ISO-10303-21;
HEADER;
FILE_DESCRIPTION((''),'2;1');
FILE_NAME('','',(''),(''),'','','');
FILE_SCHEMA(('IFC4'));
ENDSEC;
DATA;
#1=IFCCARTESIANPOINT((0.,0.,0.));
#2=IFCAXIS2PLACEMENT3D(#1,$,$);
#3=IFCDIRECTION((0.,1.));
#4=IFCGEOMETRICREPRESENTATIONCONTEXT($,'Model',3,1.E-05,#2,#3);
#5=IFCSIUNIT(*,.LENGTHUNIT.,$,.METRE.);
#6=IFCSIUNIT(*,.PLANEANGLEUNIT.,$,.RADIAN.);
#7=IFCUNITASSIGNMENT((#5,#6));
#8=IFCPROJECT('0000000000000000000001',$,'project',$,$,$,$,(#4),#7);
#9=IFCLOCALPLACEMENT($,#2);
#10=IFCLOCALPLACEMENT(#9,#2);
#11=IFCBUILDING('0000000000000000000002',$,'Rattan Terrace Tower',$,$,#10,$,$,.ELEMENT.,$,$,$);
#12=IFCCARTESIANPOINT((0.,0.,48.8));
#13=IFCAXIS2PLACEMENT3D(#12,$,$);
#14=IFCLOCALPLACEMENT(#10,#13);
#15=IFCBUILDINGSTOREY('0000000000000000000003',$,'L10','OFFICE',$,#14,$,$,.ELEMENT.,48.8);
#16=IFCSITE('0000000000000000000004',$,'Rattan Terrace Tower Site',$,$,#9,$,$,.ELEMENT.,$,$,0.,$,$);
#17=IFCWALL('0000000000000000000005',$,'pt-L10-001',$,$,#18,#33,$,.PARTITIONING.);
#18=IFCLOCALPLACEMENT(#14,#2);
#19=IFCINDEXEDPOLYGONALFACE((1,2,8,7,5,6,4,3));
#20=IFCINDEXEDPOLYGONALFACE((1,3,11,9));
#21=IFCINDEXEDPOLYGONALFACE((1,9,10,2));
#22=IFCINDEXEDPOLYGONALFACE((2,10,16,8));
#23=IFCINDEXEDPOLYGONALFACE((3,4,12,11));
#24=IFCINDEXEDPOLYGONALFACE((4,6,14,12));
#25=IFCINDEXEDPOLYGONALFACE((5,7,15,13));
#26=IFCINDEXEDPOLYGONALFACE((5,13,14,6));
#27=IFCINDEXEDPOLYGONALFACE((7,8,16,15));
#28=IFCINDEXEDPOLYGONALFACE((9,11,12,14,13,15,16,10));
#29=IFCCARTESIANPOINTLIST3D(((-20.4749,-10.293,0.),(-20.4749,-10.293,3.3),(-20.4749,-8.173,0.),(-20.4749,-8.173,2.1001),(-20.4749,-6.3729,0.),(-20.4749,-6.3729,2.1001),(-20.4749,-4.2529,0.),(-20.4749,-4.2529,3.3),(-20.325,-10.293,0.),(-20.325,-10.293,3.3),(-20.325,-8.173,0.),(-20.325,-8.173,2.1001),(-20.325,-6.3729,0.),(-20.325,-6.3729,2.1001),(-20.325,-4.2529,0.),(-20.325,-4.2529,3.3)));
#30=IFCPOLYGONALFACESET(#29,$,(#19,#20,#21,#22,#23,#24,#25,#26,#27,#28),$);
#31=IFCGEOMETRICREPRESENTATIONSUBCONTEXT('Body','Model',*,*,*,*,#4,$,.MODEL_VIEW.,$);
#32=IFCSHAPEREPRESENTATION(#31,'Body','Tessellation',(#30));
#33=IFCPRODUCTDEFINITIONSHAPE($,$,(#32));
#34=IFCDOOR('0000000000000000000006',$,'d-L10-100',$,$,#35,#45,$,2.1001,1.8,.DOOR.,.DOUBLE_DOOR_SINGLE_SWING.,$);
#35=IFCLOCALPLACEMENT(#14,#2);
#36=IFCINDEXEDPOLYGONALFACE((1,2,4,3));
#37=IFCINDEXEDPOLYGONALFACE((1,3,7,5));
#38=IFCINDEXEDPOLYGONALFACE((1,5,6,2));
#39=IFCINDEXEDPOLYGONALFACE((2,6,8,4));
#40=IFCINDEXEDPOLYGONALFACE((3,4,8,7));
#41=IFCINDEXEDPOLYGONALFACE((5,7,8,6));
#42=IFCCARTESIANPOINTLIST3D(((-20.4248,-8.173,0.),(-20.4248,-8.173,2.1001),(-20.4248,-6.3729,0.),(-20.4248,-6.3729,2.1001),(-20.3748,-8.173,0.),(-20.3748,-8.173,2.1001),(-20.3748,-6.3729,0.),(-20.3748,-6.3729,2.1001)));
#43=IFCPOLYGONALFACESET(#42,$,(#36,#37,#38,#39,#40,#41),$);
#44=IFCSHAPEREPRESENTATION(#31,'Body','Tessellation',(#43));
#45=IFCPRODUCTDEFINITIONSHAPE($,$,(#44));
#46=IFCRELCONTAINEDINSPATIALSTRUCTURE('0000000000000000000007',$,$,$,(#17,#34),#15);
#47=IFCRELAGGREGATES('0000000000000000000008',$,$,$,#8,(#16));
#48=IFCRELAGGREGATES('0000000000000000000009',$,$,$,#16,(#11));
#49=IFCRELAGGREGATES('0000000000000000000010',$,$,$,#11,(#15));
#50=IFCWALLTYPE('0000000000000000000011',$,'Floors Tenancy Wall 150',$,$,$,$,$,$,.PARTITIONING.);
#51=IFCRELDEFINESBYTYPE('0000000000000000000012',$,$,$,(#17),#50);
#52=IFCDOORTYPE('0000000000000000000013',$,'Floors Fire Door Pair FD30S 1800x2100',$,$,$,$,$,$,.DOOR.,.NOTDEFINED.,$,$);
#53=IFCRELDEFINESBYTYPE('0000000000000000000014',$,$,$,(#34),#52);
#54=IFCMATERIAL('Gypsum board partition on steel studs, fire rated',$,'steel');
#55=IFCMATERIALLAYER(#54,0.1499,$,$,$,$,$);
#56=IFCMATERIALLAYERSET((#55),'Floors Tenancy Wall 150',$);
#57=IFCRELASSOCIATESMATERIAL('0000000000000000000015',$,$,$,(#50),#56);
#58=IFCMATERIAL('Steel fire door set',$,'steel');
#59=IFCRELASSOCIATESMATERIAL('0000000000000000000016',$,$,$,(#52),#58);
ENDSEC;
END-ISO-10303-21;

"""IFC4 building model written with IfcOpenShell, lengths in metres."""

from ifc_helpers import new_model, si_unit, direction, frame, frame_2d, origin, place, context, subcontext, project, spatial, rectangle, extrude, material, layer, layer_set, type_object, element, fill, save


model = new_model("IFC4")

# Units and contexts
model_context = context("Model", 3, precision=1e-05, world=origin(), true_north=direction((0.0, 1.0)))
body_context = subcontext(model_context, "Body", "Model", "MODEL_VIEW")
ifc_project = project(units=[si_unit("LENGTHUNIT", "METRE"), si_unit("PLANEANGLEUNIT", "RADIAN")], contexts=[model_context])

# Site, building, storey
site_placement = place(None, origin())
site = spatial("IfcSite", under=ifc_project, at=site_placement, Name="Rattan Terrace Tower Site", CompositionType="ELEMENT", RefElevation=0.0)
building_placement = place(site_placement, origin())
building = spatial("IfcBuilding", under=site, at=building_placement, Name="Rattan Terrace Tower", CompositionType="ELEMENT")
storey_placement = place(building_placement, frame((0.0, 0.0, 48.8)))
storey = spatial("IfcBuildingStorey", under=building, at=storey_placement, Name="L10", Description="OFFICE", CompositionType="ELEMENT", Elevation=48.8)

# Wall, opening, door
ifc_material_1 = material(Name="Gypsum board partition on steel studs, fire rated", Category="steel")
ifc_layer_1 = layer(ifc_material_1, 0.1499)
ifc_layer_set_1 = layer_set([ifc_layer_1], Name="Floors Tenancy Wall 150")
wall_type_1 = type_object("IfcWallType", Name="Floors Tenancy Wall 150", PredefinedType="PARTITIONING", material=ifc_layer_set_1)
wall_1_placement = place(storey_placement, frame((-20.3999, -10.293, 0.0), z_axis=(0.0, 0.0, 1.0), x_axis=(0.0, 1.0, 0.0)))
wall_1 = element("IfcWall", 1, at=wall_1_placement, inside=storey, type_object=wall_type_1, Name="pt-L10-001", PredefinedType="PARTITIONING", context=body_context, shape_type="SweptSolid", body=[
    extrude(rectangle(XDim=6.04, YDim=0.1499, at=frame_2d((3.02, 0.0))), origin(), (0.0, 0.0, 1.0), 3.3),
])
opening_1_placement = place(wall_1_placement, frame((2.1201, 0.0, 0.0)))
opening_1 = element("IfcOpeningElement", 2, at=opening_1_placement, cuts=wall_1, PredefinedType="OPENING", context=body_context, shape_type="SweptSolid", body=[
    extrude(rectangle(XDim=1.8, YDim=2.1001, at=frame_2d((0.8999, 1.05))), frame((0.0, 0.0854, 0.0), z_axis=(0.0, -1.0, 0.0), x_axis=(1.0, 0.0, 0.0)), (0.0, 0.0, 1.0), 0.1709),
])
ifc_material_2 = material(Name="Steel fire door set", Category="steel")
door_type_1 = type_object("IfcDoorType", Name="Floors Fire Door Pair FD30S 1800x2100", OperationType="NOTDEFINED", PredefinedType="DOOR", material=ifc_material_2)
door_1_placement = place(opening_1_placement, origin())
door_1 = element("IfcDoor", 3, at=door_1_placement, inside=storey, type_object=door_type_1, Name="d-L10-100", OperationType="DOUBLE_DOOR_SINGLE_SWING", OverallHeight=2.1001, OverallWidth=1.8, PredefinedType="DOOR", context=body_context, shape_type="SweptSolid", body=[
    extrude(rectangle(XDim=1.8, YDim=2.1001, at=frame_2d((0.8999, 1.05))), frame((0.0, 0.0249, 0.0), z_axis=(0.0, -1.0, 0.0), x_axis=(1.0, 0.0, 0.0)), (0.0, 0.0, 1.0), 0.05),
])
fill(opening_1, door_1)

save(model, "model.ifc")
